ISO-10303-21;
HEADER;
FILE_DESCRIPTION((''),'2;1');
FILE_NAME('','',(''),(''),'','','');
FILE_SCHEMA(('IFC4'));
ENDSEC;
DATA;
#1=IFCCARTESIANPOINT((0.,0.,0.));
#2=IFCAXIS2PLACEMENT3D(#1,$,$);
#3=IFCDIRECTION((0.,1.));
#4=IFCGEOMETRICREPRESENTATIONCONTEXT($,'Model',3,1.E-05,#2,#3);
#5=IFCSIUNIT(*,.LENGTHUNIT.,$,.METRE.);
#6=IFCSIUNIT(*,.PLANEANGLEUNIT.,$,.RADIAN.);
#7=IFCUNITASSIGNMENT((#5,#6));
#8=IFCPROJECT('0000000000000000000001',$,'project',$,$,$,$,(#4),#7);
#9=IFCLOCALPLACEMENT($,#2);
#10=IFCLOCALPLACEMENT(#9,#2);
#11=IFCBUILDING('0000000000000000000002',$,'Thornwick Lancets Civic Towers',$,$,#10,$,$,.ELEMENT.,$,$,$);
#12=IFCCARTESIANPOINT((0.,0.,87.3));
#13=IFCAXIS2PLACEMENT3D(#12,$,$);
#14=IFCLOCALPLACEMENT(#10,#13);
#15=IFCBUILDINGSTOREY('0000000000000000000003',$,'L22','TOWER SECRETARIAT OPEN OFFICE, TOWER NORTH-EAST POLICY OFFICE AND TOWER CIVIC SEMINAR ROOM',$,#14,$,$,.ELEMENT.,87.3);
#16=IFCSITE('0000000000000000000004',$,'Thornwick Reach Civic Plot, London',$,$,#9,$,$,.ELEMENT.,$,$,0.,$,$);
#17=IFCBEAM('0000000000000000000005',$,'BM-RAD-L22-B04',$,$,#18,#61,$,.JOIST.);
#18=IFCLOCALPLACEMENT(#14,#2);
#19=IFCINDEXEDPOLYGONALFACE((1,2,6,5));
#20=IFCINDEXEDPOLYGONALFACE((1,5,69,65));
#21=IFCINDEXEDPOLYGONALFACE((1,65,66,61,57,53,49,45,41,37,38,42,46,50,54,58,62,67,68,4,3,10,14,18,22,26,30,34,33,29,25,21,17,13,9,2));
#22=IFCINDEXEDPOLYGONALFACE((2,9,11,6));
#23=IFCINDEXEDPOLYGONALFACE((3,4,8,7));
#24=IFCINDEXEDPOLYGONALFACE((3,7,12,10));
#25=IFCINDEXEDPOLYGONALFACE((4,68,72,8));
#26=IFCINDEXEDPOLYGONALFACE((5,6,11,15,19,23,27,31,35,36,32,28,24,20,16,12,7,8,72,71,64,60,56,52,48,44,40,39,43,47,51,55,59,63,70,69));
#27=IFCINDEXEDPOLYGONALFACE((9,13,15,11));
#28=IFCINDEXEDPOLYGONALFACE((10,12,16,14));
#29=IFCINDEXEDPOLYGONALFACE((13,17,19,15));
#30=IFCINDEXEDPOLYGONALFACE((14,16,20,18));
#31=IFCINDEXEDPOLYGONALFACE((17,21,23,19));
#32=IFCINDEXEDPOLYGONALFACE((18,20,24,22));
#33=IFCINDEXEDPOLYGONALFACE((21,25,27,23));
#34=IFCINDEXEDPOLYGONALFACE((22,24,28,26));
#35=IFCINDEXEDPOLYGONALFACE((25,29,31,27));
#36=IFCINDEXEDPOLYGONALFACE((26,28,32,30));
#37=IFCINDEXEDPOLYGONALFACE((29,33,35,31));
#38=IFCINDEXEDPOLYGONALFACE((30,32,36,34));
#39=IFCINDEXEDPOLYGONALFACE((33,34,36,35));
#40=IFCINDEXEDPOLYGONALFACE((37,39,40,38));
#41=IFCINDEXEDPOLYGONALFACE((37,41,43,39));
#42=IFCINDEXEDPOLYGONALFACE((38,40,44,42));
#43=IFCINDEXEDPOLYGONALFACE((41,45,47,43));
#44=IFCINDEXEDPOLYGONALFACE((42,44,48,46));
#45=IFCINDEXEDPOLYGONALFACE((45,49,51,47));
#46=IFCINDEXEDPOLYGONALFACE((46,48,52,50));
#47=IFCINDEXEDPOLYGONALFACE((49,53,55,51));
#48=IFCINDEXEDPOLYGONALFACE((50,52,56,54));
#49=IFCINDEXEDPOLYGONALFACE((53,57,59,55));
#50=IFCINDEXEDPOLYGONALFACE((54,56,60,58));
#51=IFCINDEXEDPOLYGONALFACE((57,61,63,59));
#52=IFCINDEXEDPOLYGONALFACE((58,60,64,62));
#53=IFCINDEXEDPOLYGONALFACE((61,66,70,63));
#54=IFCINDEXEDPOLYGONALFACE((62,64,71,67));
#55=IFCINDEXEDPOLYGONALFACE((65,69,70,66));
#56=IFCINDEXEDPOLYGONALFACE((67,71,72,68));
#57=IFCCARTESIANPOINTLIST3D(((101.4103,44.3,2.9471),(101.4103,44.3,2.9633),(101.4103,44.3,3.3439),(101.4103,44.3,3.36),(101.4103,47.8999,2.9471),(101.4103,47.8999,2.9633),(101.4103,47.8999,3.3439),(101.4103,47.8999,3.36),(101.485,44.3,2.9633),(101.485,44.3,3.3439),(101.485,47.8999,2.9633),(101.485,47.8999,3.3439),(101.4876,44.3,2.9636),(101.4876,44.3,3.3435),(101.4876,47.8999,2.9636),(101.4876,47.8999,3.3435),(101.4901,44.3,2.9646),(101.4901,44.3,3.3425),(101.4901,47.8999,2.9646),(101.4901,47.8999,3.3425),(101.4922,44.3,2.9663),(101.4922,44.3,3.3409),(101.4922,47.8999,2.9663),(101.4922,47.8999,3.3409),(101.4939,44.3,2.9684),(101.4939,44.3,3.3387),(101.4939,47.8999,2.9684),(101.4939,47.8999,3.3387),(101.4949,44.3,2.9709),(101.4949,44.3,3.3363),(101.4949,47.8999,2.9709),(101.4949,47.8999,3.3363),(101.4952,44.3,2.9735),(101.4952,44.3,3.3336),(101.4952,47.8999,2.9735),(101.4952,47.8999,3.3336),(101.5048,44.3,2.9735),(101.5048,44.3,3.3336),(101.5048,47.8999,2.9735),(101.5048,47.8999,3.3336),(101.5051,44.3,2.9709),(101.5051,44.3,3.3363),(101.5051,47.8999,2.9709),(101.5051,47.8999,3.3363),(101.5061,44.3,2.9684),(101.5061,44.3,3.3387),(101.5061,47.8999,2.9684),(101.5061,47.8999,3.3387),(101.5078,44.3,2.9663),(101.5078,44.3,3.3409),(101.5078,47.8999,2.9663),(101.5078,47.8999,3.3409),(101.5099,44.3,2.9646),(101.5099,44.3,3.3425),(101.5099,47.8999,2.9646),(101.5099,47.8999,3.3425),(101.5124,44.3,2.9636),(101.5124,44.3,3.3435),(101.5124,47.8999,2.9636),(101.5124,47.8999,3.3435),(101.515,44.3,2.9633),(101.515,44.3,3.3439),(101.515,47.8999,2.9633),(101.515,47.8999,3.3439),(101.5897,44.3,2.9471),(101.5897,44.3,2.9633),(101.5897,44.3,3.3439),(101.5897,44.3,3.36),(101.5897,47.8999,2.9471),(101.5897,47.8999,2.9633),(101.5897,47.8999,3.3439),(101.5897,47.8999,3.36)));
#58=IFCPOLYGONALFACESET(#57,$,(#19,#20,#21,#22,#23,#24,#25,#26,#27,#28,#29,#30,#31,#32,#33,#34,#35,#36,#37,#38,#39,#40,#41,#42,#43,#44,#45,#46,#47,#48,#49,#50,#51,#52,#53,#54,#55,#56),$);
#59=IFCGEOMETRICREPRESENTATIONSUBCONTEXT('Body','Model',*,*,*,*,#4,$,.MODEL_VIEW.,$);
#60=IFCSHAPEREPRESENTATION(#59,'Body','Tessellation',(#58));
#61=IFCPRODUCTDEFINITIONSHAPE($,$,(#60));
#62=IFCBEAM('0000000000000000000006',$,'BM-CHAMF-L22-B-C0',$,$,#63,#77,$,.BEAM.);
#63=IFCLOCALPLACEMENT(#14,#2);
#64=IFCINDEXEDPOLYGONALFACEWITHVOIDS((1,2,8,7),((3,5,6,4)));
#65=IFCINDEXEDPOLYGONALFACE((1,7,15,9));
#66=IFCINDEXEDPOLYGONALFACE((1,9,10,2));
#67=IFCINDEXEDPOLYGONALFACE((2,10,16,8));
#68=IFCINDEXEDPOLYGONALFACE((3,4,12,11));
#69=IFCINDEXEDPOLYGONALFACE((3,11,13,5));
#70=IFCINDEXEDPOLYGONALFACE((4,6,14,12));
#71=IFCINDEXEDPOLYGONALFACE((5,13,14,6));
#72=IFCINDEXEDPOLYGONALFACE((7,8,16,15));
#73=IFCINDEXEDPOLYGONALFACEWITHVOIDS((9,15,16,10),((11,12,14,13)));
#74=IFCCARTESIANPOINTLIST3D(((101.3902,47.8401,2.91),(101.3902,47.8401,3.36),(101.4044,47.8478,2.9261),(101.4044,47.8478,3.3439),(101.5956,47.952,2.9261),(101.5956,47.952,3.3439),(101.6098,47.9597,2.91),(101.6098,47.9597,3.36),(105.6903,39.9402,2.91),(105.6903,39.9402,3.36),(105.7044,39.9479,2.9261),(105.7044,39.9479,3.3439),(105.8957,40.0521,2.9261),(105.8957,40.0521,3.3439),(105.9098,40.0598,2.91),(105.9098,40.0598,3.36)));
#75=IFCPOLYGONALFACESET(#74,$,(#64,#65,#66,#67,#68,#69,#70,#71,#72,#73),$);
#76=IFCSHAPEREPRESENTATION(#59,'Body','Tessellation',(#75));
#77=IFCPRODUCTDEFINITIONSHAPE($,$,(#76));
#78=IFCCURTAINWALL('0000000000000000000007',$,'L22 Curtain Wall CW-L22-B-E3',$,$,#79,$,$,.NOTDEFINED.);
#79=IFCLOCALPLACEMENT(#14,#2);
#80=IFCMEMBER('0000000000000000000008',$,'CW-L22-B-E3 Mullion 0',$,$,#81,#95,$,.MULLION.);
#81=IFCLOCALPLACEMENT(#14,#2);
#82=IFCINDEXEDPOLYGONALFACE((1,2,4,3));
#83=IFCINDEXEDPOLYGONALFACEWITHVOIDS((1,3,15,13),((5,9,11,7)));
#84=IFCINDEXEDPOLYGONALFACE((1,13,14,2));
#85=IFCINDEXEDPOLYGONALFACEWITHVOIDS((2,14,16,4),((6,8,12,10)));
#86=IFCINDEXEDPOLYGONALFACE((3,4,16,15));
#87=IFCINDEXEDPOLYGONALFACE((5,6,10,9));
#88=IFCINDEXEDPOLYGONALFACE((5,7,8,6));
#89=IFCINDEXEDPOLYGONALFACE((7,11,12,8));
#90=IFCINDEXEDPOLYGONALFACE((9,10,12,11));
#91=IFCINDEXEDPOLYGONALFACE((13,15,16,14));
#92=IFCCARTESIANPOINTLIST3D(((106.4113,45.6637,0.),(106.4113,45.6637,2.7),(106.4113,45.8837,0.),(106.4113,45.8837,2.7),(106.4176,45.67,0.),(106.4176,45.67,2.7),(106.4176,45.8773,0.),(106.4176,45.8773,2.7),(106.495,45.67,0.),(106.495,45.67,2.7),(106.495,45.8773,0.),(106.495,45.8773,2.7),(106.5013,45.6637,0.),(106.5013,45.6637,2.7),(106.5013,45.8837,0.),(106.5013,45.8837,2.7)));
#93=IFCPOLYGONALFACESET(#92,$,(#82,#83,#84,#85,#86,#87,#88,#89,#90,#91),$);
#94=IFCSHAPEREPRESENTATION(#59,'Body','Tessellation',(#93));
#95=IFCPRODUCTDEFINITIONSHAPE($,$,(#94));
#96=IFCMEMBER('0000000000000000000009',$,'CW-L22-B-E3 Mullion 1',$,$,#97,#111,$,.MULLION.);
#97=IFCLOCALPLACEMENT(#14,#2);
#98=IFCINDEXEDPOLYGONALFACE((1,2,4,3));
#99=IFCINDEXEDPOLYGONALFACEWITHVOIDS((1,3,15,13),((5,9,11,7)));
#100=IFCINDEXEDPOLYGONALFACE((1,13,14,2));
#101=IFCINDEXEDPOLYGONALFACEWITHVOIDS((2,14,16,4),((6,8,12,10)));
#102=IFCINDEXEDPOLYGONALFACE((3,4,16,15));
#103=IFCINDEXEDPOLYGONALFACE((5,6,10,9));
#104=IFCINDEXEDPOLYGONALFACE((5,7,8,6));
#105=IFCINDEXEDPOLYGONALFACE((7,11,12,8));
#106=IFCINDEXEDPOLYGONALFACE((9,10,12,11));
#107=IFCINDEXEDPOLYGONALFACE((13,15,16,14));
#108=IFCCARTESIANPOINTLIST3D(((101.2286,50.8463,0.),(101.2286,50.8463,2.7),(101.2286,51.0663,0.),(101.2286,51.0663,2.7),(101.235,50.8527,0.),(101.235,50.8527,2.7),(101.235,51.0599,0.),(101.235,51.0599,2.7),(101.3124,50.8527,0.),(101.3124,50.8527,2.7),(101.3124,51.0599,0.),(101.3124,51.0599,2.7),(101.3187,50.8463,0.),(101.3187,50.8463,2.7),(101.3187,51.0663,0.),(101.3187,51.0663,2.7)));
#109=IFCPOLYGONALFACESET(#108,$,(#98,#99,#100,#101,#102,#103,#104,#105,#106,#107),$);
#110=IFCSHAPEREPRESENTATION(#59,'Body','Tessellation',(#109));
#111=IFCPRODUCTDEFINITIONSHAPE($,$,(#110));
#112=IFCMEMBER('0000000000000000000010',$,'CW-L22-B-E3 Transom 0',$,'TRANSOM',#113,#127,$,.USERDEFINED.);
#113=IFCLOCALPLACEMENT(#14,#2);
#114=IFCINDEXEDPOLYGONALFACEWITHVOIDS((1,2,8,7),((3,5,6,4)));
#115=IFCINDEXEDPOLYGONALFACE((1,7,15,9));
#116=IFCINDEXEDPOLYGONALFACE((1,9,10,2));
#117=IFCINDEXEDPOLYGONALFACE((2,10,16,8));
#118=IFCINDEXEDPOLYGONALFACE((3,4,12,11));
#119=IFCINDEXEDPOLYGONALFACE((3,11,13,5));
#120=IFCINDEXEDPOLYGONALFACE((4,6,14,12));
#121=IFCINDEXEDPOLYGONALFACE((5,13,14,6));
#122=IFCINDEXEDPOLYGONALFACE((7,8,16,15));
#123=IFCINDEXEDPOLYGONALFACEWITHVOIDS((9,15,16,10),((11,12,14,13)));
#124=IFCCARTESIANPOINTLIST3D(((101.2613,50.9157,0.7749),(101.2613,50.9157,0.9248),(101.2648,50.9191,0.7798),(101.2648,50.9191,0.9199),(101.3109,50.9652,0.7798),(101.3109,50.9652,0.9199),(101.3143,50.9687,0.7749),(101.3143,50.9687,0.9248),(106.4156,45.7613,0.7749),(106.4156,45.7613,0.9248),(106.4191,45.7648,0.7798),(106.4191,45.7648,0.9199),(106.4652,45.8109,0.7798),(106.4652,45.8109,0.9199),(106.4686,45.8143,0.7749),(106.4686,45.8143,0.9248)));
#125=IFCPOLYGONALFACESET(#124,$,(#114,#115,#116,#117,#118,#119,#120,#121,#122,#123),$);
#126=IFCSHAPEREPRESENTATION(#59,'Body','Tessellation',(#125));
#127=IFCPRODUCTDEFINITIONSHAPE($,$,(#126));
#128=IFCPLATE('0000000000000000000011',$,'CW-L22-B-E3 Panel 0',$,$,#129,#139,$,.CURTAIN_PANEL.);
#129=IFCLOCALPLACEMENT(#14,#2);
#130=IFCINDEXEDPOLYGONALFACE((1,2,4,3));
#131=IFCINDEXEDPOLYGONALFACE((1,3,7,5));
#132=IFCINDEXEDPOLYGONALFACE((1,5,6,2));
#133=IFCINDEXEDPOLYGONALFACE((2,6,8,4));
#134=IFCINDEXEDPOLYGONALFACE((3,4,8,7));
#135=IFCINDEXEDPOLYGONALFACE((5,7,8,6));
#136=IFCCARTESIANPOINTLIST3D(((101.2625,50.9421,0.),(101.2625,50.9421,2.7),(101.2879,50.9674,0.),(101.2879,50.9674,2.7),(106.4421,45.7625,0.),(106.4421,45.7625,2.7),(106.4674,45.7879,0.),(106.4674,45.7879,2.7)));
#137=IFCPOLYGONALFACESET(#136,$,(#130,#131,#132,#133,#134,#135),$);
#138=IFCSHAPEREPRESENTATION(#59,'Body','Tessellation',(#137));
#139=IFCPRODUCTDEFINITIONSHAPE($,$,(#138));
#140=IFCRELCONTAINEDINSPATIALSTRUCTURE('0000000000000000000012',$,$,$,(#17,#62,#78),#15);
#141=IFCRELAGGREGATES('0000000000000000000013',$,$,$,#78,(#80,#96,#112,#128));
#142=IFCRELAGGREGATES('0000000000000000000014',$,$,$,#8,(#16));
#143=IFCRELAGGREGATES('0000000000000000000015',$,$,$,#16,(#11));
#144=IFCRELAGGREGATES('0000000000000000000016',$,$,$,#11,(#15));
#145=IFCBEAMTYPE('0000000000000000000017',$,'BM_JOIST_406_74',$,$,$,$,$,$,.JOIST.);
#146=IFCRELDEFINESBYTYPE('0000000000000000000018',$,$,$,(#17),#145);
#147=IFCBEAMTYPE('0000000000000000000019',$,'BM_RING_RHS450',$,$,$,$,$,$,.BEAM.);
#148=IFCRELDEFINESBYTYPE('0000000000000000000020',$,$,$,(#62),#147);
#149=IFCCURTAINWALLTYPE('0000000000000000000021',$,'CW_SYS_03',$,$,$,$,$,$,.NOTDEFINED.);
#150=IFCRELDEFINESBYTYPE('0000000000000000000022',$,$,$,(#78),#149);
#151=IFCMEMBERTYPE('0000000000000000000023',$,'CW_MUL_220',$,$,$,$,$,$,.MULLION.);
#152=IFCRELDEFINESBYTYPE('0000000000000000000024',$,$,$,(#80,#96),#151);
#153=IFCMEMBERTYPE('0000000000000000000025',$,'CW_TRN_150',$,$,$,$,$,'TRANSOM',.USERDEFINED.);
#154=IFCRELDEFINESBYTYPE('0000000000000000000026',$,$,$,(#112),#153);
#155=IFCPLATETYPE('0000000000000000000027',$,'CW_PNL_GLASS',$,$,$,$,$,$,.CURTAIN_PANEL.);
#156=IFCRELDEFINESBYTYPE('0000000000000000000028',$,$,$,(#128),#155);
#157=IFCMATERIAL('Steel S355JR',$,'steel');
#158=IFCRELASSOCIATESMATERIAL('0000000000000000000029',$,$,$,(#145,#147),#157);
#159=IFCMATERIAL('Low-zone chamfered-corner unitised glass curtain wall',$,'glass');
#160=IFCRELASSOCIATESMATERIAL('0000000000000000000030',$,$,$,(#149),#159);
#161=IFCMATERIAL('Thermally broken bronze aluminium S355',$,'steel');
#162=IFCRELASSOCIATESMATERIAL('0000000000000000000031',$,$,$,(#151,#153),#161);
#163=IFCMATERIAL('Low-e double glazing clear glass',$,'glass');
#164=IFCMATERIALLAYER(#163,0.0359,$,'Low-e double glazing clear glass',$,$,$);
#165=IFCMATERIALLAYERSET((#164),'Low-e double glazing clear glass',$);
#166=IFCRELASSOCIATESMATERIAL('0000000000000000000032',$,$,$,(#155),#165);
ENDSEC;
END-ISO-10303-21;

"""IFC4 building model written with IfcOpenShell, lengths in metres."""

from ifc_helpers import new_model, si_unit, direction, frame, origin, origin_2d, place, context, subcontext, project, spatial, rectangle, hollow_rectangle, i_section, extrude, material, layer, layer_set, material_profile, profile_set, type_object, element, aggregate, save


model = new_model("IFC4")

# Units and contexts
model_context = context("Model", 3, precision=1e-05, world=origin(), true_north=direction((0.0, 1.0)))
body_context = subcontext(model_context, "Body", "Model", "MODEL_VIEW")
ifc_project = project(units=[si_unit("LENGTHUNIT", "METRE"), si_unit("PLANEANGLEUNIT", "RADIAN")], contexts=[model_context])

# Site, building, storey
site_placement = place(None, origin())
site = spatial("IfcSite", under=ifc_project, at=site_placement, Name="Thornwick Reach Civic Plot, London", CompositionType="ELEMENT", RefElevation=0.0)
building_placement = place(site_placement, origin())
building = spatial("IfcBuilding", under=site, at=building_placement, Name="Thornwick Lancets Civic Towers", CompositionType="ELEMENT")
storey_placement = place(building_placement, frame((0.0, 0.0, 87.3)))
storey = spatial("IfcBuildingStorey", under=building, at=storey_placement, Name="L22", Description="TOWER SECRETARIAT OPEN OFFICE, TOWER NORTH-EAST POLICY OFFICE AND TOWER CIVIC SEMINAR ROOM", CompositionType="ELEMENT", Elevation=87.3)

# Beams
ifc_material_1 = material(Name="Steel S355JR", Category="steel")
ifc_material_profile_1 = material_profile(ifc_material_1, i_section(OverallWidth=0.1794, OverallDepth=0.4128, WebThickness=0.0095, FlangeThickness=0.0161, FilletRadius=0.0103, at=origin_2d()), Name="UKB 406x178x74")
ifc_profile_set_1 = profile_set([ifc_material_profile_1], Name="Steel S355JR")
beam_type_1 = type_object("IfcBeamType", Name="BM_JOIST_406_74", PredefinedType="JOIST", material=ifc_profile_set_1)
beam_1_placement = place(storey_placement, frame((101.5, 44.3, 3.1536), z_axis=(0.0, 1.0, 0.0), x_axis=(-1.0, 0.0, 0.0)))
element("IfcBeam", 1, at=beam_1_placement, inside=storey, type_object=beam_type_1, Name="BM-RAD-L22-B04", PredefinedType="JOIST", context=body_context, shape_type="SweptSolid", body=[
    extrude(i_section(OverallWidth=0.1794, OverallDepth=0.4128, WebThickness=0.0095, FlangeThickness=0.0161, FilletRadius=0.0103, at=origin_2d()), origin(), (0.0, 0.0, 1.0), 3.5999),
])
ifc_material_profile_2 = material_profile(ifc_material_1, hollow_rectangle(XDim=0.25, YDim=0.45, WallThickness=0.0161, at=origin_2d()), Name="RHS 450x250x16")
ifc_profile_set_2 = profile_set([ifc_material_profile_2], Name="Steel S355JR")
beam_type_2 = type_object("IfcBeamType", Name="BM_RING_RHS450", PredefinedType="BEAM", material=ifc_profile_set_2)
beam_2_placement = place(storey_placement, frame((105.8, 40.0, 3.135), z_axis=(-0.478082, 0.878315, 0.0), x_axis=(-0.878315, -0.478082, 0.0)))
element("IfcBeam", 2, at=beam_2_placement, inside=storey, type_object=beam_type_2, Name="BM-CHAMF-L22-B-C0", PredefinedType="BEAM", context=body_context, shape_type="SweptSolid", body=[
    extrude(hollow_rectangle(XDim=0.25, YDim=0.45, WallThickness=0.0161, at=origin_2d()), origin(), (0.0, 0.0, 1.0), 8.9944),
])

# Curtain wall, members, plate
ifc_material_2 = material(Name="Low-zone chamfered-corner unitised glass curtain wall", Category="glass")
curtain_wall_type = type_object("IfcCurtainWallType", Name="CW_SYS_03", PredefinedType="NOTDEFINED", material=ifc_material_2)
curtain_wall_placement = place(storey_placement, origin())
curtain_wall = element("IfcCurtainWall", 3, at=curtain_wall_placement, inside=storey, type_object=curtain_wall_type, Name="L22 Curtain Wall CW-L22-B-E3", PredefinedType="NOTDEFINED")
ifc_material_3 = material(Name="Thermally broken bronze aluminium S355", Category="steel")
ifc_material_profile_3 = material_profile(ifc_material_3, hollow_rectangle(XDim=0.0901, YDim=0.22, WallThickness=0.0063, at=origin_2d()), Name="RHS 220x90x6.3")
ifc_profile_set_3 = profile_set([ifc_material_profile_3], Name="Thermally broken bronze aluminium S355")
member_type_1 = type_object("IfcMemberType", Name="CW_MUL_220", PredefinedType="MULLION", material=ifc_profile_set_3)
member_1_placement = place(storey_placement, frame((106.4563, 45.7737, 0.0), z_axis=(0.0, 0.0, 1.0), x_axis=(1.0, 0.0, 0.0)))
member_1 = element("IfcMember", 4, at=member_1_placement, type_object=member_type_1, Name="CW-L22-B-E3 Mullion 0", PredefinedType="MULLION", context=body_context, shape_type="SweptSolid", body=[
    extrude(hollow_rectangle(XDim=0.0901, YDim=0.22, WallThickness=0.0063, at=origin_2d()), origin(), (0.0, 0.0, 1.0), 2.7),
])
member_2_placement = place(storey_placement, frame((101.2737, 50.9563, 0.0), z_axis=(0.0, 0.0, 1.0), x_axis=(1.0, 0.0, 0.0)))
member_2 = element("IfcMember", 5, at=member_2_placement, type_object=member_type_1, Name="CW-L22-B-E3 Mullion 1", PredefinedType="MULLION", context=body_context, shape_type="SweptSolid", body=[
    extrude(hollow_rectangle(XDim=0.0901, YDim=0.22, WallThickness=0.0063, at=origin_2d()), origin(), (0.0, 0.0, 1.0), 2.7),
])
ifc_material_profile_4 = material_profile(ifc_material_3, hollow_rectangle(XDim=0.075, YDim=0.1499, WallThickness=0.0049, at=origin_2d()), Name="RHS 150x75x5")
ifc_profile_set_4 = profile_set([ifc_material_profile_4], Name="Thermally broken bronze aluminium S355")
member_type_2 = type_object("IfcMemberType", Name="CW_TRN_150", ElementType="TRANSOM", PredefinedType="USERDEFINED", material=ifc_profile_set_4)
member_3_placement = place(storey_placement, frame((106.4421, 45.7878, 0.8499), z_axis=(-0.707107, 0.707107, 0.0), x_axis=(-0.707107, -0.707107, 0.0)))
member_3 = element("IfcMember", 6, at=member_3_placement, type_object=member_type_2, Name="CW-L22-B-E3 Transom 0", ObjectType="TRANSOM", PredefinedType="USERDEFINED", context=body_context, shape_type="SweptSolid", body=[
    extrude(hollow_rectangle(XDim=0.075, YDim=0.1499, WallThickness=0.0049, at=origin_2d()), origin(), (0.0, 0.0, 1.0), 7.2893),
])
ifc_material_4 = material(Name="Low-e double glazing clear glass", Category="glass")
ifc_layer_1 = layer(ifc_material_4, 0.0359, Name="Low-e double glazing clear glass")
ifc_layer_set_1 = layer_set([ifc_layer_1], Name="Low-e double glazing clear glass")
plate_type = type_object("IfcPlateType", Name="CW_PNL_GLASS", PredefinedType="CURTAIN_PANEL", material=ifc_layer_set_1)
plate_placement = place(storey_placement, frame((103.865, 48.365, 0.0), z_axis=(0.0, 0.0, 1.0), x_axis=(-0.707107, 0.707107, 0.0)))
plate = element("IfcPlate", 7, at=plate_placement, type_object=plate_type, Name="CW-L22-B-E3 Panel 0", PredefinedType="CURTAIN_PANEL", context=body_context, shape_type="SweptSolid", body=[
    extrude(rectangle(XDim=7.325, YDim=0.0359, at=origin_2d()), origin(), (0.0, 0.0, 1.0), 2.7),
])
aggregate(curtain_wall, [member_1, member_2, member_3, plate])

save(model, "model.ifc")
